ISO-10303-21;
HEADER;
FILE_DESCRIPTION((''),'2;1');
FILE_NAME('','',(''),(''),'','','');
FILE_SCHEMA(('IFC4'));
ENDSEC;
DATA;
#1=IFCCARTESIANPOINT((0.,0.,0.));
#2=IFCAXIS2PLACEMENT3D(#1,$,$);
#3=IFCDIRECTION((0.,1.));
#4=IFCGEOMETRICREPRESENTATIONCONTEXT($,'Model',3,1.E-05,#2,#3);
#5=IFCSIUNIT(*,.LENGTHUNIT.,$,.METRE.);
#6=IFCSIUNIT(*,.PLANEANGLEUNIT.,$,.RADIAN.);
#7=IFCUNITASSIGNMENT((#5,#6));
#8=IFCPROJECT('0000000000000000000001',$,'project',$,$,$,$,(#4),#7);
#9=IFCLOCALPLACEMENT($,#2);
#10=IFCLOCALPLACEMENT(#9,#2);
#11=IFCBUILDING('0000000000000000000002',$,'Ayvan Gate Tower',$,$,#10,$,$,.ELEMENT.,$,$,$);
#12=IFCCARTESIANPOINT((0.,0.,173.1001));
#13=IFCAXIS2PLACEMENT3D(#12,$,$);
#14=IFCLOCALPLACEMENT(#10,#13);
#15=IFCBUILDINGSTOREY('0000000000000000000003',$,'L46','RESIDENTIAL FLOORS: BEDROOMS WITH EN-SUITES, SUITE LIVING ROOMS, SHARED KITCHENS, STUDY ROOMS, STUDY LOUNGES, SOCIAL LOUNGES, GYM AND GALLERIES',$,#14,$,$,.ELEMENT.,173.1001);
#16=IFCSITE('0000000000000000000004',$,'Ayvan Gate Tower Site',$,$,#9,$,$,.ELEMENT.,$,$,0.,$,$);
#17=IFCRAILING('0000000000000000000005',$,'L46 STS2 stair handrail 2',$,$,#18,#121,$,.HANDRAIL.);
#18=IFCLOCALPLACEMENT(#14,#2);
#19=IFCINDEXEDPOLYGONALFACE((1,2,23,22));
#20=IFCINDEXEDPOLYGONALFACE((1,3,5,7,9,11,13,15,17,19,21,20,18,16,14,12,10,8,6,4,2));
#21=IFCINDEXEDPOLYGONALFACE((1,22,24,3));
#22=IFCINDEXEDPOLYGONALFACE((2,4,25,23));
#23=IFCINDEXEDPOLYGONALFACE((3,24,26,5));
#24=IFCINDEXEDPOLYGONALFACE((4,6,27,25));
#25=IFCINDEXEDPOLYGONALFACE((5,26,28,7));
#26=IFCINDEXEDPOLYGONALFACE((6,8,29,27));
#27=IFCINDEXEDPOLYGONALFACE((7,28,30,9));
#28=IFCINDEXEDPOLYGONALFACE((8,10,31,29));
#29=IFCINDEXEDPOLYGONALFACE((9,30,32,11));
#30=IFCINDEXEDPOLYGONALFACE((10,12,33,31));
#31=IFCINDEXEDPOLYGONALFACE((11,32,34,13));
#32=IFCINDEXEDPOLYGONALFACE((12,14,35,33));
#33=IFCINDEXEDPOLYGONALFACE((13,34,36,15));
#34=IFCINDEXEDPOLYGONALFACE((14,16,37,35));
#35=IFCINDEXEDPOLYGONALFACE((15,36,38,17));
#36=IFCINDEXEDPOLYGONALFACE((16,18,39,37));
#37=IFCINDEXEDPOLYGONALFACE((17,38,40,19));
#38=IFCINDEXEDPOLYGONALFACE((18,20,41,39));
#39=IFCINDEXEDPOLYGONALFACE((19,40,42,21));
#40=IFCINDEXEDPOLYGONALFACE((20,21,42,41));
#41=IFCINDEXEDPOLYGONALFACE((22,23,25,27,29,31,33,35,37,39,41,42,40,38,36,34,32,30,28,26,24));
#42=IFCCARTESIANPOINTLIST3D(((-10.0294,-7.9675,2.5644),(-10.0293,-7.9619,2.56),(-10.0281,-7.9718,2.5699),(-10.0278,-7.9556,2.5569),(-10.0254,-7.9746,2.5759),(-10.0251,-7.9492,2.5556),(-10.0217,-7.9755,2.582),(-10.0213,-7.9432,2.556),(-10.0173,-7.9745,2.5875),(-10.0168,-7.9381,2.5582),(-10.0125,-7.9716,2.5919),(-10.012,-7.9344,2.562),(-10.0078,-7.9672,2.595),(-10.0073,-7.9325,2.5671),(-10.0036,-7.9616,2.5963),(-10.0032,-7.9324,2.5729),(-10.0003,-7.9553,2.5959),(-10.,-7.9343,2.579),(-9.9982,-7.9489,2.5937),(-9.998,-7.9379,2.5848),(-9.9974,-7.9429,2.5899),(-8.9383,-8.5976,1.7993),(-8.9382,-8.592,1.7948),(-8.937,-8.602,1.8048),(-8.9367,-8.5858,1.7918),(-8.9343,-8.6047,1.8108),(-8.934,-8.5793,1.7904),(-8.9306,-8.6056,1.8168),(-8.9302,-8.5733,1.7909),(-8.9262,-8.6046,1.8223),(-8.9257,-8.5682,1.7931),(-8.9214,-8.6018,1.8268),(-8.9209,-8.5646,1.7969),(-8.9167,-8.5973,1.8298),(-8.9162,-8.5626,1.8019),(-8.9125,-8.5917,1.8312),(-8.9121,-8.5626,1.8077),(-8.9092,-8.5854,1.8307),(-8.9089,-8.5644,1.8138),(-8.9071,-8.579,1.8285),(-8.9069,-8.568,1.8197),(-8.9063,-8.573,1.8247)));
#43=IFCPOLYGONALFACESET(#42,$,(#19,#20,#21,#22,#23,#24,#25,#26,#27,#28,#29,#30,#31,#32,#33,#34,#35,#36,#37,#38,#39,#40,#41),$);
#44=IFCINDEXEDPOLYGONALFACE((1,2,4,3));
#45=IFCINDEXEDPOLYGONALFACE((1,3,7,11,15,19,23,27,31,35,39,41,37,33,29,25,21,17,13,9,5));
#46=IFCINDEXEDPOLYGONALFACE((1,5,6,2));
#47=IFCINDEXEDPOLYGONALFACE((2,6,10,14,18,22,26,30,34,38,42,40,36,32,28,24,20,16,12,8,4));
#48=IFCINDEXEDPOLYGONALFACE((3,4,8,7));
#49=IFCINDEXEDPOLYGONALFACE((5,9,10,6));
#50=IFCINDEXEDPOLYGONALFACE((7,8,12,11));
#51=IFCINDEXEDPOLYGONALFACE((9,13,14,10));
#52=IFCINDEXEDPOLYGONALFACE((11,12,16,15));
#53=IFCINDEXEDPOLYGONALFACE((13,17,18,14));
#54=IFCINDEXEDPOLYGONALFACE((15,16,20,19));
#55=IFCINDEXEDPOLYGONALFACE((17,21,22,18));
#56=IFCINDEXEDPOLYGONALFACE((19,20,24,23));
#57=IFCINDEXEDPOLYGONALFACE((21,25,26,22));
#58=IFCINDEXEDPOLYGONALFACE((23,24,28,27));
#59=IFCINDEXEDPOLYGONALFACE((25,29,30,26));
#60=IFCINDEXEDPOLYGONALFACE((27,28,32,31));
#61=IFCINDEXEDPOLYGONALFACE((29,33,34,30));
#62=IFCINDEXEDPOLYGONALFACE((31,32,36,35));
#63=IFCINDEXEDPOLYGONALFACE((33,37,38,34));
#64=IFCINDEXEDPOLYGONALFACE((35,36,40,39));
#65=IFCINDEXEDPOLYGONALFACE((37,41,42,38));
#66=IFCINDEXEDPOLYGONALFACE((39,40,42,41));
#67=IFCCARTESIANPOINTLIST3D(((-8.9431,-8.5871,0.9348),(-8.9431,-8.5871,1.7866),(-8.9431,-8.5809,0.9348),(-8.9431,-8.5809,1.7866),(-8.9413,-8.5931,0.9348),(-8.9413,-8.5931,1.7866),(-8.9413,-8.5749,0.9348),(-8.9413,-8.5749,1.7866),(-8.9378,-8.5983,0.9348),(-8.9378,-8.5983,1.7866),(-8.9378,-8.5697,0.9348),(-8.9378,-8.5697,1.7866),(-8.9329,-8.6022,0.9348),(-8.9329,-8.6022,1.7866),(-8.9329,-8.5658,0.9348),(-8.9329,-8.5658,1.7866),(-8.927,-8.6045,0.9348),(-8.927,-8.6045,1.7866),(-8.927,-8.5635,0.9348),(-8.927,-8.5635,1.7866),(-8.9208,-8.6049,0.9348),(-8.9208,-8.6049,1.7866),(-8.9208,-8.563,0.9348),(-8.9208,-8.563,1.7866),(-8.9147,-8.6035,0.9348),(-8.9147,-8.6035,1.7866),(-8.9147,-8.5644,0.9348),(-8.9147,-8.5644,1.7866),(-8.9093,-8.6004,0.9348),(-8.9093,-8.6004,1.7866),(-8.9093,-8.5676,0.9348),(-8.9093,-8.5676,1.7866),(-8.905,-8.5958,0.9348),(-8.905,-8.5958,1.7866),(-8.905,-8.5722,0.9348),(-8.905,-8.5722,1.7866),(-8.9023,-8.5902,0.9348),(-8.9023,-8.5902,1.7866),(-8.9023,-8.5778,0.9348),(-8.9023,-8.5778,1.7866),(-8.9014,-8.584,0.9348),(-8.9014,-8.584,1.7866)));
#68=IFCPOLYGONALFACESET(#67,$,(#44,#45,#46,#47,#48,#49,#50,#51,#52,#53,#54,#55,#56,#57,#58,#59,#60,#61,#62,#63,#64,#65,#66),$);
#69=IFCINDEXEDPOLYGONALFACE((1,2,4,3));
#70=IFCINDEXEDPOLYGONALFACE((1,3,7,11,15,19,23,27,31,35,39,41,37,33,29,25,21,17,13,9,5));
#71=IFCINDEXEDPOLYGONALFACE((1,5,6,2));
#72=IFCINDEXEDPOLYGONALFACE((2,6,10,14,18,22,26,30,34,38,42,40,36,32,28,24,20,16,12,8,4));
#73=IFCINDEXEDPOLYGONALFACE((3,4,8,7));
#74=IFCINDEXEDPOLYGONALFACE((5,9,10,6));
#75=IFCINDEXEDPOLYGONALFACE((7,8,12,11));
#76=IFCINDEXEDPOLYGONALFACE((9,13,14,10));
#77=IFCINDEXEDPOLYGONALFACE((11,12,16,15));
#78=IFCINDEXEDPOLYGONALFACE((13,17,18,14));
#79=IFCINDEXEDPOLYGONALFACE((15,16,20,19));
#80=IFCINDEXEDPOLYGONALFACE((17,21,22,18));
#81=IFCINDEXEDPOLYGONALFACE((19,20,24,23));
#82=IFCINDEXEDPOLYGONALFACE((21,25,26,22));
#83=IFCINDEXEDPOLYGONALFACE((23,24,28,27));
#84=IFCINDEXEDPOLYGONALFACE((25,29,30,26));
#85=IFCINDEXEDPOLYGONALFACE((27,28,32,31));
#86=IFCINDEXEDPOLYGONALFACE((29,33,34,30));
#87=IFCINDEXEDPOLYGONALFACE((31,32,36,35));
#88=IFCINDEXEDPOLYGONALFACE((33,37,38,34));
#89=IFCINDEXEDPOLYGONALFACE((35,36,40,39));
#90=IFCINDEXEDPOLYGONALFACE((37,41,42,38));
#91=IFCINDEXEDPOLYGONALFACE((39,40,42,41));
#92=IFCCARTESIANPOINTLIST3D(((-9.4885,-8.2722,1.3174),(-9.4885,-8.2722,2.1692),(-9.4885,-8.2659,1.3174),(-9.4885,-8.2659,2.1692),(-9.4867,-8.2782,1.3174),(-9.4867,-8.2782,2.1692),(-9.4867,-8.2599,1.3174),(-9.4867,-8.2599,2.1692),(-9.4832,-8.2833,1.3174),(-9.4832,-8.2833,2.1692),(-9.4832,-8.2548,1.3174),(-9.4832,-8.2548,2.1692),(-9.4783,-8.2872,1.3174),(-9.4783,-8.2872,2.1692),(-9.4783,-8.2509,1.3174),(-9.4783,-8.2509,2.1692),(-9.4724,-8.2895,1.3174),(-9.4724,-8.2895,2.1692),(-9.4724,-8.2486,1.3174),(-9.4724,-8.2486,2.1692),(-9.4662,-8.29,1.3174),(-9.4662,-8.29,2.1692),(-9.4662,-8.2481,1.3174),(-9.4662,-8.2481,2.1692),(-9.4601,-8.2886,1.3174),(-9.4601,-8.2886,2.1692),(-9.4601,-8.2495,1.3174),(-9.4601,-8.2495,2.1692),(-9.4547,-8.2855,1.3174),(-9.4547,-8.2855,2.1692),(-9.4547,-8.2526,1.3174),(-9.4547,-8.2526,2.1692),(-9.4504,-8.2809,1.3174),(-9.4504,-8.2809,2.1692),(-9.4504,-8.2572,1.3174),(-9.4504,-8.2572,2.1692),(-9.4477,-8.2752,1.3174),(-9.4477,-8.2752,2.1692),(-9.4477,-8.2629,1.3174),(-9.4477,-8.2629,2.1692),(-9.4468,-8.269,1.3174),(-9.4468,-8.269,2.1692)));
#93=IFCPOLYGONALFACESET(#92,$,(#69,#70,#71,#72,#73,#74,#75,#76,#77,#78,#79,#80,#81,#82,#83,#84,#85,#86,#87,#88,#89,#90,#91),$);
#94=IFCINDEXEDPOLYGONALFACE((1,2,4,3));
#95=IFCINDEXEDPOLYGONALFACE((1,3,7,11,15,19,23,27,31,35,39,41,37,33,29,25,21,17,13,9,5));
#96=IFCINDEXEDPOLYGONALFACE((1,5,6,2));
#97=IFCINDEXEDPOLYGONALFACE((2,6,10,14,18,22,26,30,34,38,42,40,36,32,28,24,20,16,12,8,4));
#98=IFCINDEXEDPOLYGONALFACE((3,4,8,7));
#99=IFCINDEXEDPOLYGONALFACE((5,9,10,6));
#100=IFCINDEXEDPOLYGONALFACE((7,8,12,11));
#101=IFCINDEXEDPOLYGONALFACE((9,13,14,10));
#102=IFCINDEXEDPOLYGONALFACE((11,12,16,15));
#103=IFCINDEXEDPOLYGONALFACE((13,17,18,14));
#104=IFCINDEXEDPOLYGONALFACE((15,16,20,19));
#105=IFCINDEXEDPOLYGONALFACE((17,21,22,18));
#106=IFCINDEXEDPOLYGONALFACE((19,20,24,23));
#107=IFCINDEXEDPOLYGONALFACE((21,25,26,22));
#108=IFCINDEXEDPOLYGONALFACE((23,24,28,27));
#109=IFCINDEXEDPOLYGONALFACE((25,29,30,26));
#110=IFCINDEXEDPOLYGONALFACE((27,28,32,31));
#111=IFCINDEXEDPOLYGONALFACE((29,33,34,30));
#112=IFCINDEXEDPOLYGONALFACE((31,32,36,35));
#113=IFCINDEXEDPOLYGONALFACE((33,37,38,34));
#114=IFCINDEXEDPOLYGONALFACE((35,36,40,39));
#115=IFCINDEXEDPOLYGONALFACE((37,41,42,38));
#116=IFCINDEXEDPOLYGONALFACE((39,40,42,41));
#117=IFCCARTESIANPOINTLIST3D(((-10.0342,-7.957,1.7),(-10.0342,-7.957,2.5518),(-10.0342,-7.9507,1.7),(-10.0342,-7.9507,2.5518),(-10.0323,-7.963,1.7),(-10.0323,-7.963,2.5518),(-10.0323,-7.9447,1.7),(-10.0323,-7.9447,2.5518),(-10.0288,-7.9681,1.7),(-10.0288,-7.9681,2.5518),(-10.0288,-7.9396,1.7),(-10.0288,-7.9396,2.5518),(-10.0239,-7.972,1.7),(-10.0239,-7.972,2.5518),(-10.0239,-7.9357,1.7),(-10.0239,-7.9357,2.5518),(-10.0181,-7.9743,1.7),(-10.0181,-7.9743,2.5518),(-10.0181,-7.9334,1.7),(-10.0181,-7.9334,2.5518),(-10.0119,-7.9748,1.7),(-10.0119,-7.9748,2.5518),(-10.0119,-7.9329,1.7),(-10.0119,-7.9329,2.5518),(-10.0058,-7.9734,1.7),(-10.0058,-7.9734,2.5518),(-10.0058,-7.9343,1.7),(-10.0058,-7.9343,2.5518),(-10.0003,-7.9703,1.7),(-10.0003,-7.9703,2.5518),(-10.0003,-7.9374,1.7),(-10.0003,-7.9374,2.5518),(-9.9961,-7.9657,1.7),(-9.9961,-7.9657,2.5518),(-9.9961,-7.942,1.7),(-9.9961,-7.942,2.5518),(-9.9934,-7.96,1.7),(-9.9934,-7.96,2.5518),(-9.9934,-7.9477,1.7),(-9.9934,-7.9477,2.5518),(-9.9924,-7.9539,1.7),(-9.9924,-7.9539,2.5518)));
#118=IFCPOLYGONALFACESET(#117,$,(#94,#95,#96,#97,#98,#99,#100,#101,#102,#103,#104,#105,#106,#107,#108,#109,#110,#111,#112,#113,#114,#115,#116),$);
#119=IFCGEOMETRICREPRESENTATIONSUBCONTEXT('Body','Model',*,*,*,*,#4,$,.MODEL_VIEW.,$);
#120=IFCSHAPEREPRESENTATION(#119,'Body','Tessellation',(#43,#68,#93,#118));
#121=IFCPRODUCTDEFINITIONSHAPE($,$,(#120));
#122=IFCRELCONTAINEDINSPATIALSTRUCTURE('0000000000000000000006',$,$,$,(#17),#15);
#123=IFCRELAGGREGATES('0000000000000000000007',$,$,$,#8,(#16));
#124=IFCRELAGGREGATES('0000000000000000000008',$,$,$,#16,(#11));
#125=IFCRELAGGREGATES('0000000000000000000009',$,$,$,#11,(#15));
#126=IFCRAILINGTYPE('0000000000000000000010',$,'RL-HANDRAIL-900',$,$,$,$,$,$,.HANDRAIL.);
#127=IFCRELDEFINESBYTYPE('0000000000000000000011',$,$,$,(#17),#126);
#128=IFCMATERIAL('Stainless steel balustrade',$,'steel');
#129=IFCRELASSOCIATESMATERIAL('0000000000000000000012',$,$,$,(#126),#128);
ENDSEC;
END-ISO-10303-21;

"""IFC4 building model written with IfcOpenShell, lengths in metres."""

from ifc_helpers import new_model, si_unit, direction, frame, origin, origin_2d, place, context, subcontext, project, spatial, circle, extrude, material, type_object, element, save


model = new_model("IFC4")

# Units and contexts
model_context = context("Model", 3, precision=1e-05, world=origin(), true_north=direction((0.0, 1.0)))
body_context = subcontext(model_context, "Body", "Model", "MODEL_VIEW")
ifc_project = project(units=[si_unit("LENGTHUNIT", "METRE"), si_unit("PLANEANGLEUNIT", "RADIAN")], contexts=[model_context])

# Site, building, storey
site_placement = place(None, origin())
site = spatial("IfcSite", under=ifc_project, at=site_placement, Name="Ayvan Gate Tower Site", CompositionType="ELEMENT", RefElevation=0.0)
building_placement = place(site_placement, origin())
building = spatial("IfcBuilding", under=site, at=building_placement, Name="Ayvan Gate Tower", CompositionType="ELEMENT")
storey_placement = place(building_placement, frame((0.0, 0.0, 173.1001)))
storey = spatial("IfcBuildingStorey", under=building, at=storey_placement, Name="L46", Description="RESIDENTIAL FLOORS: BEDROOMS WITH EN-SUITES, SUITE LIVING ROOMS, SHARED KITCHENS, STUDY ROOMS, STUDY LOUNGES, SOCIAL LOUNGES, GYM AND GALLERIES", CompositionType="ELEMENT", Elevation=173.1001)

# Railing
ifc_material_1 = material(Name="Stainless steel balustrade", Category="steel")
railing_type_1 = type_object("IfcRailingType", Name="RL-HANDRAIL-900", PredefinedType="HANDRAIL", material=ifc_material_1)
railing_1_placement = place(storey_placement, frame((-8.9224, -8.584, 0.9348)))
element("IfcRailing", 1, at=railing_1_placement, inside=storey, type_object=railing_type_1, Name="L46 STS2 stair handrail 2", PredefinedType="HANDRAIL", context=body_context, shape_type="SweptSolid", body=[
    extrude(circle(Radius=0.0239, at=origin_2d()), frame((0.0, 0.0, 0.876), z_axis=(-0.740166, 0.427471, 0.51906), x_axis=(-0.500119, -0.865956, 0.0)), (0.0, 0.0, 1.0), 1.4741),
    extrude(circle(Radius=0.021, at=origin_2d()), origin(), (0.0, 0.0, 1.0), 0.8518),
    extrude(circle(Radius=0.021, at=origin_2d()), frame((-0.5454, 0.3149, 0.3826)), (0.0, 0.0, 1.0), 0.8518),
    extrude(circle(Radius=0.021, at=origin_2d()), frame((-1.0911, 0.6301, 0.7651)), (0.0, 0.0, 1.0), 0.8518),
])

save(model, "model.ifc")
